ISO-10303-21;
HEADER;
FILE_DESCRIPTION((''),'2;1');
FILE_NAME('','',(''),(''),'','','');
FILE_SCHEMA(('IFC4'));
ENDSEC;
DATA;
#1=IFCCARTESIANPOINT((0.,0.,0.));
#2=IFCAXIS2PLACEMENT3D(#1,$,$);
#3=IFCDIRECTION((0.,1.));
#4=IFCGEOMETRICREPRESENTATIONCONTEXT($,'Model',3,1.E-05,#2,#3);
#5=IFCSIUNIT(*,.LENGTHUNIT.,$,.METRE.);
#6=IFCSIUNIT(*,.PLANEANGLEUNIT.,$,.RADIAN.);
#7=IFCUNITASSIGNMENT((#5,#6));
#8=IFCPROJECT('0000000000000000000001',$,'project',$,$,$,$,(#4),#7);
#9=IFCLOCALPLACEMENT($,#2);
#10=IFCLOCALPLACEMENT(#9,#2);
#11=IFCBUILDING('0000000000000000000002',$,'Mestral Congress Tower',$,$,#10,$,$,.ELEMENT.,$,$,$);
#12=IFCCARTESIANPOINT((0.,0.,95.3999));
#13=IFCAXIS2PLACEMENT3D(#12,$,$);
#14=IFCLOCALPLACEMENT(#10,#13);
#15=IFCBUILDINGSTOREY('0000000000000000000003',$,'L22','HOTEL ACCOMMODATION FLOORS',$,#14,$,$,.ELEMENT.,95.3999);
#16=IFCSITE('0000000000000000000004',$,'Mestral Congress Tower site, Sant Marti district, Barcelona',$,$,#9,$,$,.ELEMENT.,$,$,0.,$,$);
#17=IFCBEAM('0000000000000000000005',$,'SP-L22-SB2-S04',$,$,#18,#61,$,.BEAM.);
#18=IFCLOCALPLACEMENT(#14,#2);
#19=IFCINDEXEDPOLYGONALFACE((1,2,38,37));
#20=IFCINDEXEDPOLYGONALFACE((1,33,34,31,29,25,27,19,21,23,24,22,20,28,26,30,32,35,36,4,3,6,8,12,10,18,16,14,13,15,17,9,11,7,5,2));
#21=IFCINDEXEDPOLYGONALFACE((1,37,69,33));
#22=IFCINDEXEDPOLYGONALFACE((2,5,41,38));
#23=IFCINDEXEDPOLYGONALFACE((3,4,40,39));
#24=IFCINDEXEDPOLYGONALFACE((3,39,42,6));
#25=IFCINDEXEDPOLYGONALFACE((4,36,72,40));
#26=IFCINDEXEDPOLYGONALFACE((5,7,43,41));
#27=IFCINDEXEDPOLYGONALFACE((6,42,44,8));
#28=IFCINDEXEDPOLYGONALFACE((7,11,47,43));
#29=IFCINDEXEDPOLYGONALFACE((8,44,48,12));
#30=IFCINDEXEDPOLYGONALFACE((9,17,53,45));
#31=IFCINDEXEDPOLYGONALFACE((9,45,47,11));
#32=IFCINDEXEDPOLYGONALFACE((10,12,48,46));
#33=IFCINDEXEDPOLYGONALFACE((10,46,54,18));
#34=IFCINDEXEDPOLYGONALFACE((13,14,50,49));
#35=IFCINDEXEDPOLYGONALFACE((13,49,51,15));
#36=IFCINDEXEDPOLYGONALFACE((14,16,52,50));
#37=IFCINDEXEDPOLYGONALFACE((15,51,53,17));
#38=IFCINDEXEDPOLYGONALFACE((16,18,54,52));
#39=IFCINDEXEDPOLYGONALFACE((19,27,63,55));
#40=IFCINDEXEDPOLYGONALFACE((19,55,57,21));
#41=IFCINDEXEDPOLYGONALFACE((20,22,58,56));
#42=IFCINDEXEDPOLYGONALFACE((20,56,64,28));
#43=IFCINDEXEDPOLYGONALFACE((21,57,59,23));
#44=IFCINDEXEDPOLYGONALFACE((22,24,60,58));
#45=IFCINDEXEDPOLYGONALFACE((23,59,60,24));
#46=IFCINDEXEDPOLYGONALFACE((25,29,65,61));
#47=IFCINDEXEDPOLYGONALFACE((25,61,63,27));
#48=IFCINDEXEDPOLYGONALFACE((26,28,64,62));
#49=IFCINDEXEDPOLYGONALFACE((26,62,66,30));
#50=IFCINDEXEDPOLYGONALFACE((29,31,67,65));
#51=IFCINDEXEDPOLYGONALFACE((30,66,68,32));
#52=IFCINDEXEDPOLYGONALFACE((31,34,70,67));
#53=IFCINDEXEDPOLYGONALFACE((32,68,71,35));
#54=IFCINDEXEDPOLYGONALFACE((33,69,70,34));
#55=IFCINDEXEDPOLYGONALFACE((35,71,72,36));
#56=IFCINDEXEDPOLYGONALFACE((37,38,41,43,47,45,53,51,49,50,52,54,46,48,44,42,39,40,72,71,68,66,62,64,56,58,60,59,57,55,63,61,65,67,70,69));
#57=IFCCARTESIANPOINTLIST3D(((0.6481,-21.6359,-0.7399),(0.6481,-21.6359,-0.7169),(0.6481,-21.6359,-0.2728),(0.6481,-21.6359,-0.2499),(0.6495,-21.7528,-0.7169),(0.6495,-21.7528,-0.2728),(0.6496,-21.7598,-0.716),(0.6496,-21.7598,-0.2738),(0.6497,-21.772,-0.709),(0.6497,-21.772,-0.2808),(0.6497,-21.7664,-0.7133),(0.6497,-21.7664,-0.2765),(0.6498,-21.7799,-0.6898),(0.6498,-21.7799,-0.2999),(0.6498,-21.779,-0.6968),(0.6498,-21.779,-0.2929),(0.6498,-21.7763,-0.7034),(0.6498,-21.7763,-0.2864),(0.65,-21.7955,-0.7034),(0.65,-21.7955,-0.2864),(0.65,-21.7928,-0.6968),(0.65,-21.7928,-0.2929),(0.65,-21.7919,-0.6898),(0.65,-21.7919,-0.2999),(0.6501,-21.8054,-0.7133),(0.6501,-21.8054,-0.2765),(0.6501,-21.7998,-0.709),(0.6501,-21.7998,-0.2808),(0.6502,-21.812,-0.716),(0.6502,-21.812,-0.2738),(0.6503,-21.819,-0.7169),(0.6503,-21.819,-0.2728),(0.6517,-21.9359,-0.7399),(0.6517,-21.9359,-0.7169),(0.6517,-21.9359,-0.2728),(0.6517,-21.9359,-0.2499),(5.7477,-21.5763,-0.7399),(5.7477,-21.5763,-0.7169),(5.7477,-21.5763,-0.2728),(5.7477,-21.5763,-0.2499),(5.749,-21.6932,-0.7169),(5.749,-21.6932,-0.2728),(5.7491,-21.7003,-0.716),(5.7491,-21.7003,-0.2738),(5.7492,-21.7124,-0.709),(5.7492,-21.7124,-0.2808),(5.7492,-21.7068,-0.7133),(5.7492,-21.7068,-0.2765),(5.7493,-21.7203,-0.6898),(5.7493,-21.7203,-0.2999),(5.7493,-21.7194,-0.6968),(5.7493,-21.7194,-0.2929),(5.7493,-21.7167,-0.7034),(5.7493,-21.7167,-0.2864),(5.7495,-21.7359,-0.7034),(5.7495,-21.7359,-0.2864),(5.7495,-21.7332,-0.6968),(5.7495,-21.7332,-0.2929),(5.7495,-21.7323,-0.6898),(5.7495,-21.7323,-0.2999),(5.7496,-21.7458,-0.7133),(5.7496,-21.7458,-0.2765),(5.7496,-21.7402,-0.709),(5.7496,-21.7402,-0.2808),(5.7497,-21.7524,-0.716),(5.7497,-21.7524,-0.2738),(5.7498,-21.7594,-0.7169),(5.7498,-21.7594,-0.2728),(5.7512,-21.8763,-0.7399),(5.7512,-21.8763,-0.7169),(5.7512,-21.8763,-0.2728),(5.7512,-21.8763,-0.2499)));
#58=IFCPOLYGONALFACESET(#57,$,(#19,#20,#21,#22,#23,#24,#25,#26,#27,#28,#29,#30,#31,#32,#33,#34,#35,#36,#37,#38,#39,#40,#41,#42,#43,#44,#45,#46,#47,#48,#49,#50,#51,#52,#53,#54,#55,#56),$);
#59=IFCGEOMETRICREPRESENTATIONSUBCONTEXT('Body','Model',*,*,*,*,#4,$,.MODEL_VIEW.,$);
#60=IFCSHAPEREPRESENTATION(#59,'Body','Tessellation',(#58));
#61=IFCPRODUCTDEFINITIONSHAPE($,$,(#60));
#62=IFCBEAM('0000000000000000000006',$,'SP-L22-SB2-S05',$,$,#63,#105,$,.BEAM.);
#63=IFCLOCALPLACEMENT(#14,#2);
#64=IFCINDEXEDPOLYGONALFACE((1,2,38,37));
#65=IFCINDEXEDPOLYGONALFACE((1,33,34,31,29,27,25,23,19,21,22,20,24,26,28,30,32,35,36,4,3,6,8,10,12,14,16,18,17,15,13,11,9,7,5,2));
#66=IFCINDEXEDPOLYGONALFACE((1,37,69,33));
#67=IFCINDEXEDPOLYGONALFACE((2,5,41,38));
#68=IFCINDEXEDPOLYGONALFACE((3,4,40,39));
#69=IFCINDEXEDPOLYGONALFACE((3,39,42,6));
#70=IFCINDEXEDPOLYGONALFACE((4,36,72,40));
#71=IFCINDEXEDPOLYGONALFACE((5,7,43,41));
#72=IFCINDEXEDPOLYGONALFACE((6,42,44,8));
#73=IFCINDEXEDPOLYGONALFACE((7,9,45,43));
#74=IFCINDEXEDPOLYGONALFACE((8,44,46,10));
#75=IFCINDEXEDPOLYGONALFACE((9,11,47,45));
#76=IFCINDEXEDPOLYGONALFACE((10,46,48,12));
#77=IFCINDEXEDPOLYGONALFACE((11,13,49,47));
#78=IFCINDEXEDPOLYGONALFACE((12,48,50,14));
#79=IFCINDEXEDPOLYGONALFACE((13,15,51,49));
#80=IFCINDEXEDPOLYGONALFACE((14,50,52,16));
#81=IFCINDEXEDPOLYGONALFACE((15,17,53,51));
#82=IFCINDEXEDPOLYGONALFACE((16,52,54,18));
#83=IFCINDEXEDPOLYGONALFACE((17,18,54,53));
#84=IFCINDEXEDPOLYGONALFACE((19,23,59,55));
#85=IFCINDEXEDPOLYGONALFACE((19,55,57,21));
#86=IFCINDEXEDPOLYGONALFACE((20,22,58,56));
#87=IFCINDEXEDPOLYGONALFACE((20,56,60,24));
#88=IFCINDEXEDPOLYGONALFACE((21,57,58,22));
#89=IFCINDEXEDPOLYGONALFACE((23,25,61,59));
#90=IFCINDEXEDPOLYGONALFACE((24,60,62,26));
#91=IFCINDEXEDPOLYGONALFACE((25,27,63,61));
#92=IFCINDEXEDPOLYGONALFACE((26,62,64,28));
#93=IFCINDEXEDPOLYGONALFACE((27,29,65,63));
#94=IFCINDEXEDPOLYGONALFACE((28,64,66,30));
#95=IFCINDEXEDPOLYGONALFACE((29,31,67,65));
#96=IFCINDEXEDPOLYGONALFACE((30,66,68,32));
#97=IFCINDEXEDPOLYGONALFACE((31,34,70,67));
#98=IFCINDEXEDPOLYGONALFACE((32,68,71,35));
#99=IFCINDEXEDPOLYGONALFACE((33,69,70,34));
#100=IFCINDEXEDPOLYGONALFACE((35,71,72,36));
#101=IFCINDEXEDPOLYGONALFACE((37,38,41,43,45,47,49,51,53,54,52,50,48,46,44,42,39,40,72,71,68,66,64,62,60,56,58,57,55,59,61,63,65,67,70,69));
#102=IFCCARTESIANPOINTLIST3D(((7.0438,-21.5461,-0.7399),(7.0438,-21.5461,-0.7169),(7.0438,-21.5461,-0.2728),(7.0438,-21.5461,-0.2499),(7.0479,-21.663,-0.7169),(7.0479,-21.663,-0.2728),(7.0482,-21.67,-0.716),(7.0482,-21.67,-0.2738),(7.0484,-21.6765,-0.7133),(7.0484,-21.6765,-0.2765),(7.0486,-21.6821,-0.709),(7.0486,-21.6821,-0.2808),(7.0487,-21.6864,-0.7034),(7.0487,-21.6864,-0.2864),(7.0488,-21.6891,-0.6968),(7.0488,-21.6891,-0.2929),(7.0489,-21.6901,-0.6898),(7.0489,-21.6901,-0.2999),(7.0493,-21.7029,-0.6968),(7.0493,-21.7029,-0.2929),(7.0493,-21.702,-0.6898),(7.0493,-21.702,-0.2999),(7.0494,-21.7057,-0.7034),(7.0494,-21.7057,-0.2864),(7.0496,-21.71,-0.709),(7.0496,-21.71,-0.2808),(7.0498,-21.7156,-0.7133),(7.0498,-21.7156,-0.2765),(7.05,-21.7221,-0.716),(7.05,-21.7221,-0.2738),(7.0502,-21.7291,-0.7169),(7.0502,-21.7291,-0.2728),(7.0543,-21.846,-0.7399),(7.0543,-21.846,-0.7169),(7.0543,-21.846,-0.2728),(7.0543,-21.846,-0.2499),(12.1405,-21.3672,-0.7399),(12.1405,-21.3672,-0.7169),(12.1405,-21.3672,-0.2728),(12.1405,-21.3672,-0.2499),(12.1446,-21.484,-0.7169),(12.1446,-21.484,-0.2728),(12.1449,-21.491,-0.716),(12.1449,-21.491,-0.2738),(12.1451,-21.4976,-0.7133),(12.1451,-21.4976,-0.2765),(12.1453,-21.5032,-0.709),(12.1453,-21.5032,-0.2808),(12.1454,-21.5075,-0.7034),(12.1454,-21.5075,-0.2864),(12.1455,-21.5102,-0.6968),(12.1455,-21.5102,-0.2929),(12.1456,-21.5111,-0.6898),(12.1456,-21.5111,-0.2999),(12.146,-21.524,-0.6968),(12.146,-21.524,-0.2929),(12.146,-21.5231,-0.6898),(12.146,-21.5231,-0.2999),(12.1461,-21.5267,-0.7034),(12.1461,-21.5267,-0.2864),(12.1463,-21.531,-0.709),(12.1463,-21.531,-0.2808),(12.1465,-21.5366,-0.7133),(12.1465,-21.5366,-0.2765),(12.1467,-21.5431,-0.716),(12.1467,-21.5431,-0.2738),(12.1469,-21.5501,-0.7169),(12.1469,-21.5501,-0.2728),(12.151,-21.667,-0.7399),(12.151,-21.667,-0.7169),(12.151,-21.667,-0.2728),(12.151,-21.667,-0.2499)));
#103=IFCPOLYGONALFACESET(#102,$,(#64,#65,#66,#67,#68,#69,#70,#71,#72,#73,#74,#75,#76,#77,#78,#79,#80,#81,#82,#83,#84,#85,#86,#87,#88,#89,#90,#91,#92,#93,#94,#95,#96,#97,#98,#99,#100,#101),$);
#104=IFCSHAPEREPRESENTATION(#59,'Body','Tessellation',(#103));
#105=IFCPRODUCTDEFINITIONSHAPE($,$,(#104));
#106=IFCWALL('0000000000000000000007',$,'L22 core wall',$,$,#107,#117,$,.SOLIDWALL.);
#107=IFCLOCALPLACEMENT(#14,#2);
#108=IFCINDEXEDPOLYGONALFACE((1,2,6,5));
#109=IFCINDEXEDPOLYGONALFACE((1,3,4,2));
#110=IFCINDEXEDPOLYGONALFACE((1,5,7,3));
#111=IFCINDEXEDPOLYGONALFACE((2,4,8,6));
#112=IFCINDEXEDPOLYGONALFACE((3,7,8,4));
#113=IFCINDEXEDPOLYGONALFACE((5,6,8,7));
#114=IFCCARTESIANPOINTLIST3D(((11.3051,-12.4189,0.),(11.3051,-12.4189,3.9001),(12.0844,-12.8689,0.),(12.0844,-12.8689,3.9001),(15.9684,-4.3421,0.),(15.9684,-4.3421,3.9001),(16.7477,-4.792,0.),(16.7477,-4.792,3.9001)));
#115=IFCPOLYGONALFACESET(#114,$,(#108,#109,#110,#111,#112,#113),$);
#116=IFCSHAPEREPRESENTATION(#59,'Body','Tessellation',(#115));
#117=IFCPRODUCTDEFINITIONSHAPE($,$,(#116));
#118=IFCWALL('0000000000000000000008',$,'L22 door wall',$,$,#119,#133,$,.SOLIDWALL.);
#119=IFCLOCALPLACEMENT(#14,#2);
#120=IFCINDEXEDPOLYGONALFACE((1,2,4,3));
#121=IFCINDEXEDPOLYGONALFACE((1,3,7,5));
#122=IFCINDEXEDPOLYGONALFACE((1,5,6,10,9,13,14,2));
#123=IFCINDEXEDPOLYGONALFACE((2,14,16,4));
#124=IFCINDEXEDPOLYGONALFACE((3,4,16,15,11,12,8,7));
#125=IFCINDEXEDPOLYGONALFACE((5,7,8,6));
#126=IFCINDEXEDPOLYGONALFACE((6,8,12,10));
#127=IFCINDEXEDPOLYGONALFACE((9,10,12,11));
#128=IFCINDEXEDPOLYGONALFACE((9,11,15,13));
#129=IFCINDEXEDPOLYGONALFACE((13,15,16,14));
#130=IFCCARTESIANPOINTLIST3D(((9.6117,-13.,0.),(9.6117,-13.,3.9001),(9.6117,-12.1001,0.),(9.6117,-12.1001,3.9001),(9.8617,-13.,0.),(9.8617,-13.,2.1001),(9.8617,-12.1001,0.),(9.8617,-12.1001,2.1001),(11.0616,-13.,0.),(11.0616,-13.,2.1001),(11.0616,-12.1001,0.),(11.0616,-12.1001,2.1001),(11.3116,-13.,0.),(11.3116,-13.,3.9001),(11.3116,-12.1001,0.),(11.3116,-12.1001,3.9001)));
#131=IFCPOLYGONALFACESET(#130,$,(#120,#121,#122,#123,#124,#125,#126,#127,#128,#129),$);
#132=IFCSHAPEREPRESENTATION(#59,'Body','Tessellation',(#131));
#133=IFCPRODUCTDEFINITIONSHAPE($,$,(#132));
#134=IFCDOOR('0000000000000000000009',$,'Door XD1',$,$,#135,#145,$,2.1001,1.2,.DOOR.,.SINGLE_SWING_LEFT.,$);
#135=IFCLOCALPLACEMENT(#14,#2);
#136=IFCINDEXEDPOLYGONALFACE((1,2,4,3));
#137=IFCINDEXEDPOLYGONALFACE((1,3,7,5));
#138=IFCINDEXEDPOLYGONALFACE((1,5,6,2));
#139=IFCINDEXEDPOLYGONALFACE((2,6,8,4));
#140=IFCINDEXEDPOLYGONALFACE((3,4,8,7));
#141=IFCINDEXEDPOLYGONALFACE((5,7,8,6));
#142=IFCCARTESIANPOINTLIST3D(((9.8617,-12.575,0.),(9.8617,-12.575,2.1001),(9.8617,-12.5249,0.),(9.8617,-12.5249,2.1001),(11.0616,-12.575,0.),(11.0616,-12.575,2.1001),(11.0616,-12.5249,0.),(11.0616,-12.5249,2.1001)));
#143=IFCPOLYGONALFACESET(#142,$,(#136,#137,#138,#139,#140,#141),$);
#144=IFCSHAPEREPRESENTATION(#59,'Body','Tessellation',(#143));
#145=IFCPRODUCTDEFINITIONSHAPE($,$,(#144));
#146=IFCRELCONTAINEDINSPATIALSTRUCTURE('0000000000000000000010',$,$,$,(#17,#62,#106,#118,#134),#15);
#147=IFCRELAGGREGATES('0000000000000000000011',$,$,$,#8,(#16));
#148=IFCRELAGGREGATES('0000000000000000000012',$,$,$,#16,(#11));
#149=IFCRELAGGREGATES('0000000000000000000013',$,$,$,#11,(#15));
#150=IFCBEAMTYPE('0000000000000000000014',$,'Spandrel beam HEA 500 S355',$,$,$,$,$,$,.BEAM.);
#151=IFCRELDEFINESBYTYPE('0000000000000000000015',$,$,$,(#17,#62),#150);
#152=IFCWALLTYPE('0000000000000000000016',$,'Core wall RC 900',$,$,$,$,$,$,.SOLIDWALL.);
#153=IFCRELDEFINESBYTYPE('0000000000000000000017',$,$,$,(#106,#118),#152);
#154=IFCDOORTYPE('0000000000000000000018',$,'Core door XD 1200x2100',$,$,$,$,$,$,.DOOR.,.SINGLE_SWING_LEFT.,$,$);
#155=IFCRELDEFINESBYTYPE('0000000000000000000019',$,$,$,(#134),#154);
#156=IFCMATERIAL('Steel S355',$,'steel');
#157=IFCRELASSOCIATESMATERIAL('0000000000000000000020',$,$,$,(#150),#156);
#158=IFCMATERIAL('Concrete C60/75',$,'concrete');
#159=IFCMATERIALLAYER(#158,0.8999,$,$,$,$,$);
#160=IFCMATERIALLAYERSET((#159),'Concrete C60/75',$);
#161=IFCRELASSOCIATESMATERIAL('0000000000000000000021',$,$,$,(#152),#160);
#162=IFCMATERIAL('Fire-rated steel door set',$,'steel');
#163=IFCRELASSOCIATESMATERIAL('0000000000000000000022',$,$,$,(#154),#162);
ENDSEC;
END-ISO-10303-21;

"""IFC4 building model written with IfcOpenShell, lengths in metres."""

from ifc_helpers import new_model, si_unit, direction, frame, frame_2d, origin, origin_2d, place, context, subcontext, project, spatial, rectangle, i_section, extrude, material, layer, layer_set, material_profile, profile_set, type_object, element, fill, save


model = new_model("IFC4")

# Units and contexts
model_context = context("Model", 3, precision=1e-05, world=origin(), true_north=direction((0.0, 1.0)))
body_context = subcontext(model_context, "Body", "Model", "MODEL_VIEW")
ifc_project = project(units=[si_unit("LENGTHUNIT", "METRE"), si_unit("PLANEANGLEUNIT", "RADIAN")], contexts=[model_context])

# Site, building, storey
site_placement = place(None, origin())
site = spatial("IfcSite", under=ifc_project, at=site_placement, Name="Mestral Congress Tower site, Sant Marti district, Barcelona", CompositionType="ELEMENT", RefElevation=0.0)
building_placement = place(site_placement, origin())
building = spatial("IfcBuilding", under=site, at=building_placement, Name="Mestral Congress Tower", CompositionType="ELEMENT")
storey_placement = place(building_placement, frame((0.0, 0.0, 95.3999)))
storey = spatial("IfcBuildingStorey", under=building, at=storey_placement, Name="L22", Description="HOTEL ACCOMMODATION FLOORS", CompositionType="ELEMENT", Elevation=95.3999)

# Beams
ifc_material_1 = material(Name="Steel S355", Category="steel")
ifc_material_profile_1 = material_profile(ifc_material_1, i_section(OverallWidth=0.3, OverallDepth=0.49, WebThickness=0.012, FlangeThickness=0.0229, FilletRadius=0.0271, at=origin_2d()), Name="HEA 500")
ifc_profile_set_1 = profile_set([ifc_material_profile_1], Name="Steel S355")
beam_type_1 = type_object("IfcBeamType", Name="Spandrel beam HEA 500 S355", PredefinedType="BEAM", material=ifc_profile_set_1)
for number, where, z_axis, x_axis, name in (
    (1, (0.6499, -21.7859, -0.4949), (0.999932, 0.011681, 0.0), (-0.011681, 0.999932, 0.0), "SP-L22-SB2-S04"),
    (2, (7.0491, -21.696, -0.4949), (0.999384, 0.03509, 0.0), (-0.03509, 0.999384, 0.0), "SP-L22-SB2-S05"),
):
    element("IfcBeam", number, at=place(storey_placement, frame(where, z_axis=z_axis, x_axis=x_axis)), inside=storey, type_object=beam_type_1, Name=name, PredefinedType="BEAM", context=body_context, shape_type="SweptSolid", body=[
        extrude(i_section(OverallWidth=0.3, OverallDepth=0.49, WebThickness=0.012, FlangeThickness=0.0229, FilletRadius=0.0271, at=origin_2d()), origin(), (0.0, 0.0, 1.0), 5.0999),
    ])

# Wall
ifc_material_2 = material(Name="Concrete C60/75", Category="concrete")
ifc_layer_1 = layer(ifc_material_2, 0.8999)
ifc_layer_set_1 = layer_set([ifc_layer_1], Name="Concrete C60/75")
wall_type_1 = type_object("IfcWallType", Name="Core wall RC 900", PredefinedType="SOLIDWALL", material=ifc_layer_set_1)
wall_1_placement = place(storey_placement, frame((11.6948, -12.6438, 0.0), z_axis=(0.0, 0.0, 1.0), x_axis=(0.50001, 0.866019, 0.0)))
element("IfcWall", 3, at=wall_1_placement, inside=storey, type_object=wall_type_1, Name="L22 core wall", PredefinedType="SOLIDWALL", context=body_context, shape_type="SweptSolid", body=[
    extrude(rectangle(XDim=9.3264, YDim=0.8999, at=frame_2d((4.6631, 0.0))), origin(), (0.0, 0.0, 1.0), 3.9001),
])

# Wall, opening, door
wall_2_placement = place(storey_placement, frame((11.3118, -12.55, 0.0), z_axis=(0.0, 0.0, 1.0), x_axis=(-1.0, 0.0, 0.0)))
wall_2 = element("IfcWall", 4, at=wall_2_placement, inside=storey, type_object=wall_type_1, Name="L22 door wall", PredefinedType="SOLIDWALL", context=body_context, shape_type="SweptSolid", body=[
    extrude(rectangle(XDim=1.7, YDim=0.8999, at=frame_2d((0.8501, 0.0))), origin(), (0.0, 0.0, 1.0), 3.9001),
])
opening_1_placement = place(wall_2_placement, frame((0.25, 0.0, 0.0)))
opening_1 = element("IfcOpeningElement", 5, at=opening_1_placement, cuts=wall_2, PredefinedType="OPENING", context=body_context, shape_type="SweptSolid", body=[
    extrude(rectangle(XDim=1.2, YDim=2.1001, at=frame_2d((0.6001, 1.05))), frame((0.0, 0.46, 0.0), z_axis=(0.0, -1.0, 0.0), x_axis=(1.0, 0.0, 0.0)), (0.0, 0.0, 1.0), 0.9199),
])
ifc_material_3 = material(Name="Fire-rated steel door set", Category="steel")
door_type_1 = type_object("IfcDoorType", Name="Core door XD 1200x2100", OperationType="SINGLE_SWING_LEFT", PredefinedType="DOOR", material=ifc_material_3)
door_1_placement = place(opening_1_placement, origin())
door_1 = element("IfcDoor", 6, at=door_1_placement, inside=storey, type_object=door_type_1, Name="Door XD1", OperationType="SINGLE_SWING_LEFT", OverallHeight=2.1001, OverallWidth=1.2, PredefinedType="DOOR", context=body_context, shape_type="SweptSolid", body=[
    extrude(rectangle(XDim=1.2, YDim=2.1001, at=frame_2d((0.6001, 1.05))), frame((0.0, 0.0249, 0.0), z_axis=(0.0, -1.0, 0.0), x_axis=(1.0, 0.0, 0.0)), (0.0, 0.0, 1.0), 0.05),
])
fill(opening_1, door_1)

save(model, "model.ifc")
